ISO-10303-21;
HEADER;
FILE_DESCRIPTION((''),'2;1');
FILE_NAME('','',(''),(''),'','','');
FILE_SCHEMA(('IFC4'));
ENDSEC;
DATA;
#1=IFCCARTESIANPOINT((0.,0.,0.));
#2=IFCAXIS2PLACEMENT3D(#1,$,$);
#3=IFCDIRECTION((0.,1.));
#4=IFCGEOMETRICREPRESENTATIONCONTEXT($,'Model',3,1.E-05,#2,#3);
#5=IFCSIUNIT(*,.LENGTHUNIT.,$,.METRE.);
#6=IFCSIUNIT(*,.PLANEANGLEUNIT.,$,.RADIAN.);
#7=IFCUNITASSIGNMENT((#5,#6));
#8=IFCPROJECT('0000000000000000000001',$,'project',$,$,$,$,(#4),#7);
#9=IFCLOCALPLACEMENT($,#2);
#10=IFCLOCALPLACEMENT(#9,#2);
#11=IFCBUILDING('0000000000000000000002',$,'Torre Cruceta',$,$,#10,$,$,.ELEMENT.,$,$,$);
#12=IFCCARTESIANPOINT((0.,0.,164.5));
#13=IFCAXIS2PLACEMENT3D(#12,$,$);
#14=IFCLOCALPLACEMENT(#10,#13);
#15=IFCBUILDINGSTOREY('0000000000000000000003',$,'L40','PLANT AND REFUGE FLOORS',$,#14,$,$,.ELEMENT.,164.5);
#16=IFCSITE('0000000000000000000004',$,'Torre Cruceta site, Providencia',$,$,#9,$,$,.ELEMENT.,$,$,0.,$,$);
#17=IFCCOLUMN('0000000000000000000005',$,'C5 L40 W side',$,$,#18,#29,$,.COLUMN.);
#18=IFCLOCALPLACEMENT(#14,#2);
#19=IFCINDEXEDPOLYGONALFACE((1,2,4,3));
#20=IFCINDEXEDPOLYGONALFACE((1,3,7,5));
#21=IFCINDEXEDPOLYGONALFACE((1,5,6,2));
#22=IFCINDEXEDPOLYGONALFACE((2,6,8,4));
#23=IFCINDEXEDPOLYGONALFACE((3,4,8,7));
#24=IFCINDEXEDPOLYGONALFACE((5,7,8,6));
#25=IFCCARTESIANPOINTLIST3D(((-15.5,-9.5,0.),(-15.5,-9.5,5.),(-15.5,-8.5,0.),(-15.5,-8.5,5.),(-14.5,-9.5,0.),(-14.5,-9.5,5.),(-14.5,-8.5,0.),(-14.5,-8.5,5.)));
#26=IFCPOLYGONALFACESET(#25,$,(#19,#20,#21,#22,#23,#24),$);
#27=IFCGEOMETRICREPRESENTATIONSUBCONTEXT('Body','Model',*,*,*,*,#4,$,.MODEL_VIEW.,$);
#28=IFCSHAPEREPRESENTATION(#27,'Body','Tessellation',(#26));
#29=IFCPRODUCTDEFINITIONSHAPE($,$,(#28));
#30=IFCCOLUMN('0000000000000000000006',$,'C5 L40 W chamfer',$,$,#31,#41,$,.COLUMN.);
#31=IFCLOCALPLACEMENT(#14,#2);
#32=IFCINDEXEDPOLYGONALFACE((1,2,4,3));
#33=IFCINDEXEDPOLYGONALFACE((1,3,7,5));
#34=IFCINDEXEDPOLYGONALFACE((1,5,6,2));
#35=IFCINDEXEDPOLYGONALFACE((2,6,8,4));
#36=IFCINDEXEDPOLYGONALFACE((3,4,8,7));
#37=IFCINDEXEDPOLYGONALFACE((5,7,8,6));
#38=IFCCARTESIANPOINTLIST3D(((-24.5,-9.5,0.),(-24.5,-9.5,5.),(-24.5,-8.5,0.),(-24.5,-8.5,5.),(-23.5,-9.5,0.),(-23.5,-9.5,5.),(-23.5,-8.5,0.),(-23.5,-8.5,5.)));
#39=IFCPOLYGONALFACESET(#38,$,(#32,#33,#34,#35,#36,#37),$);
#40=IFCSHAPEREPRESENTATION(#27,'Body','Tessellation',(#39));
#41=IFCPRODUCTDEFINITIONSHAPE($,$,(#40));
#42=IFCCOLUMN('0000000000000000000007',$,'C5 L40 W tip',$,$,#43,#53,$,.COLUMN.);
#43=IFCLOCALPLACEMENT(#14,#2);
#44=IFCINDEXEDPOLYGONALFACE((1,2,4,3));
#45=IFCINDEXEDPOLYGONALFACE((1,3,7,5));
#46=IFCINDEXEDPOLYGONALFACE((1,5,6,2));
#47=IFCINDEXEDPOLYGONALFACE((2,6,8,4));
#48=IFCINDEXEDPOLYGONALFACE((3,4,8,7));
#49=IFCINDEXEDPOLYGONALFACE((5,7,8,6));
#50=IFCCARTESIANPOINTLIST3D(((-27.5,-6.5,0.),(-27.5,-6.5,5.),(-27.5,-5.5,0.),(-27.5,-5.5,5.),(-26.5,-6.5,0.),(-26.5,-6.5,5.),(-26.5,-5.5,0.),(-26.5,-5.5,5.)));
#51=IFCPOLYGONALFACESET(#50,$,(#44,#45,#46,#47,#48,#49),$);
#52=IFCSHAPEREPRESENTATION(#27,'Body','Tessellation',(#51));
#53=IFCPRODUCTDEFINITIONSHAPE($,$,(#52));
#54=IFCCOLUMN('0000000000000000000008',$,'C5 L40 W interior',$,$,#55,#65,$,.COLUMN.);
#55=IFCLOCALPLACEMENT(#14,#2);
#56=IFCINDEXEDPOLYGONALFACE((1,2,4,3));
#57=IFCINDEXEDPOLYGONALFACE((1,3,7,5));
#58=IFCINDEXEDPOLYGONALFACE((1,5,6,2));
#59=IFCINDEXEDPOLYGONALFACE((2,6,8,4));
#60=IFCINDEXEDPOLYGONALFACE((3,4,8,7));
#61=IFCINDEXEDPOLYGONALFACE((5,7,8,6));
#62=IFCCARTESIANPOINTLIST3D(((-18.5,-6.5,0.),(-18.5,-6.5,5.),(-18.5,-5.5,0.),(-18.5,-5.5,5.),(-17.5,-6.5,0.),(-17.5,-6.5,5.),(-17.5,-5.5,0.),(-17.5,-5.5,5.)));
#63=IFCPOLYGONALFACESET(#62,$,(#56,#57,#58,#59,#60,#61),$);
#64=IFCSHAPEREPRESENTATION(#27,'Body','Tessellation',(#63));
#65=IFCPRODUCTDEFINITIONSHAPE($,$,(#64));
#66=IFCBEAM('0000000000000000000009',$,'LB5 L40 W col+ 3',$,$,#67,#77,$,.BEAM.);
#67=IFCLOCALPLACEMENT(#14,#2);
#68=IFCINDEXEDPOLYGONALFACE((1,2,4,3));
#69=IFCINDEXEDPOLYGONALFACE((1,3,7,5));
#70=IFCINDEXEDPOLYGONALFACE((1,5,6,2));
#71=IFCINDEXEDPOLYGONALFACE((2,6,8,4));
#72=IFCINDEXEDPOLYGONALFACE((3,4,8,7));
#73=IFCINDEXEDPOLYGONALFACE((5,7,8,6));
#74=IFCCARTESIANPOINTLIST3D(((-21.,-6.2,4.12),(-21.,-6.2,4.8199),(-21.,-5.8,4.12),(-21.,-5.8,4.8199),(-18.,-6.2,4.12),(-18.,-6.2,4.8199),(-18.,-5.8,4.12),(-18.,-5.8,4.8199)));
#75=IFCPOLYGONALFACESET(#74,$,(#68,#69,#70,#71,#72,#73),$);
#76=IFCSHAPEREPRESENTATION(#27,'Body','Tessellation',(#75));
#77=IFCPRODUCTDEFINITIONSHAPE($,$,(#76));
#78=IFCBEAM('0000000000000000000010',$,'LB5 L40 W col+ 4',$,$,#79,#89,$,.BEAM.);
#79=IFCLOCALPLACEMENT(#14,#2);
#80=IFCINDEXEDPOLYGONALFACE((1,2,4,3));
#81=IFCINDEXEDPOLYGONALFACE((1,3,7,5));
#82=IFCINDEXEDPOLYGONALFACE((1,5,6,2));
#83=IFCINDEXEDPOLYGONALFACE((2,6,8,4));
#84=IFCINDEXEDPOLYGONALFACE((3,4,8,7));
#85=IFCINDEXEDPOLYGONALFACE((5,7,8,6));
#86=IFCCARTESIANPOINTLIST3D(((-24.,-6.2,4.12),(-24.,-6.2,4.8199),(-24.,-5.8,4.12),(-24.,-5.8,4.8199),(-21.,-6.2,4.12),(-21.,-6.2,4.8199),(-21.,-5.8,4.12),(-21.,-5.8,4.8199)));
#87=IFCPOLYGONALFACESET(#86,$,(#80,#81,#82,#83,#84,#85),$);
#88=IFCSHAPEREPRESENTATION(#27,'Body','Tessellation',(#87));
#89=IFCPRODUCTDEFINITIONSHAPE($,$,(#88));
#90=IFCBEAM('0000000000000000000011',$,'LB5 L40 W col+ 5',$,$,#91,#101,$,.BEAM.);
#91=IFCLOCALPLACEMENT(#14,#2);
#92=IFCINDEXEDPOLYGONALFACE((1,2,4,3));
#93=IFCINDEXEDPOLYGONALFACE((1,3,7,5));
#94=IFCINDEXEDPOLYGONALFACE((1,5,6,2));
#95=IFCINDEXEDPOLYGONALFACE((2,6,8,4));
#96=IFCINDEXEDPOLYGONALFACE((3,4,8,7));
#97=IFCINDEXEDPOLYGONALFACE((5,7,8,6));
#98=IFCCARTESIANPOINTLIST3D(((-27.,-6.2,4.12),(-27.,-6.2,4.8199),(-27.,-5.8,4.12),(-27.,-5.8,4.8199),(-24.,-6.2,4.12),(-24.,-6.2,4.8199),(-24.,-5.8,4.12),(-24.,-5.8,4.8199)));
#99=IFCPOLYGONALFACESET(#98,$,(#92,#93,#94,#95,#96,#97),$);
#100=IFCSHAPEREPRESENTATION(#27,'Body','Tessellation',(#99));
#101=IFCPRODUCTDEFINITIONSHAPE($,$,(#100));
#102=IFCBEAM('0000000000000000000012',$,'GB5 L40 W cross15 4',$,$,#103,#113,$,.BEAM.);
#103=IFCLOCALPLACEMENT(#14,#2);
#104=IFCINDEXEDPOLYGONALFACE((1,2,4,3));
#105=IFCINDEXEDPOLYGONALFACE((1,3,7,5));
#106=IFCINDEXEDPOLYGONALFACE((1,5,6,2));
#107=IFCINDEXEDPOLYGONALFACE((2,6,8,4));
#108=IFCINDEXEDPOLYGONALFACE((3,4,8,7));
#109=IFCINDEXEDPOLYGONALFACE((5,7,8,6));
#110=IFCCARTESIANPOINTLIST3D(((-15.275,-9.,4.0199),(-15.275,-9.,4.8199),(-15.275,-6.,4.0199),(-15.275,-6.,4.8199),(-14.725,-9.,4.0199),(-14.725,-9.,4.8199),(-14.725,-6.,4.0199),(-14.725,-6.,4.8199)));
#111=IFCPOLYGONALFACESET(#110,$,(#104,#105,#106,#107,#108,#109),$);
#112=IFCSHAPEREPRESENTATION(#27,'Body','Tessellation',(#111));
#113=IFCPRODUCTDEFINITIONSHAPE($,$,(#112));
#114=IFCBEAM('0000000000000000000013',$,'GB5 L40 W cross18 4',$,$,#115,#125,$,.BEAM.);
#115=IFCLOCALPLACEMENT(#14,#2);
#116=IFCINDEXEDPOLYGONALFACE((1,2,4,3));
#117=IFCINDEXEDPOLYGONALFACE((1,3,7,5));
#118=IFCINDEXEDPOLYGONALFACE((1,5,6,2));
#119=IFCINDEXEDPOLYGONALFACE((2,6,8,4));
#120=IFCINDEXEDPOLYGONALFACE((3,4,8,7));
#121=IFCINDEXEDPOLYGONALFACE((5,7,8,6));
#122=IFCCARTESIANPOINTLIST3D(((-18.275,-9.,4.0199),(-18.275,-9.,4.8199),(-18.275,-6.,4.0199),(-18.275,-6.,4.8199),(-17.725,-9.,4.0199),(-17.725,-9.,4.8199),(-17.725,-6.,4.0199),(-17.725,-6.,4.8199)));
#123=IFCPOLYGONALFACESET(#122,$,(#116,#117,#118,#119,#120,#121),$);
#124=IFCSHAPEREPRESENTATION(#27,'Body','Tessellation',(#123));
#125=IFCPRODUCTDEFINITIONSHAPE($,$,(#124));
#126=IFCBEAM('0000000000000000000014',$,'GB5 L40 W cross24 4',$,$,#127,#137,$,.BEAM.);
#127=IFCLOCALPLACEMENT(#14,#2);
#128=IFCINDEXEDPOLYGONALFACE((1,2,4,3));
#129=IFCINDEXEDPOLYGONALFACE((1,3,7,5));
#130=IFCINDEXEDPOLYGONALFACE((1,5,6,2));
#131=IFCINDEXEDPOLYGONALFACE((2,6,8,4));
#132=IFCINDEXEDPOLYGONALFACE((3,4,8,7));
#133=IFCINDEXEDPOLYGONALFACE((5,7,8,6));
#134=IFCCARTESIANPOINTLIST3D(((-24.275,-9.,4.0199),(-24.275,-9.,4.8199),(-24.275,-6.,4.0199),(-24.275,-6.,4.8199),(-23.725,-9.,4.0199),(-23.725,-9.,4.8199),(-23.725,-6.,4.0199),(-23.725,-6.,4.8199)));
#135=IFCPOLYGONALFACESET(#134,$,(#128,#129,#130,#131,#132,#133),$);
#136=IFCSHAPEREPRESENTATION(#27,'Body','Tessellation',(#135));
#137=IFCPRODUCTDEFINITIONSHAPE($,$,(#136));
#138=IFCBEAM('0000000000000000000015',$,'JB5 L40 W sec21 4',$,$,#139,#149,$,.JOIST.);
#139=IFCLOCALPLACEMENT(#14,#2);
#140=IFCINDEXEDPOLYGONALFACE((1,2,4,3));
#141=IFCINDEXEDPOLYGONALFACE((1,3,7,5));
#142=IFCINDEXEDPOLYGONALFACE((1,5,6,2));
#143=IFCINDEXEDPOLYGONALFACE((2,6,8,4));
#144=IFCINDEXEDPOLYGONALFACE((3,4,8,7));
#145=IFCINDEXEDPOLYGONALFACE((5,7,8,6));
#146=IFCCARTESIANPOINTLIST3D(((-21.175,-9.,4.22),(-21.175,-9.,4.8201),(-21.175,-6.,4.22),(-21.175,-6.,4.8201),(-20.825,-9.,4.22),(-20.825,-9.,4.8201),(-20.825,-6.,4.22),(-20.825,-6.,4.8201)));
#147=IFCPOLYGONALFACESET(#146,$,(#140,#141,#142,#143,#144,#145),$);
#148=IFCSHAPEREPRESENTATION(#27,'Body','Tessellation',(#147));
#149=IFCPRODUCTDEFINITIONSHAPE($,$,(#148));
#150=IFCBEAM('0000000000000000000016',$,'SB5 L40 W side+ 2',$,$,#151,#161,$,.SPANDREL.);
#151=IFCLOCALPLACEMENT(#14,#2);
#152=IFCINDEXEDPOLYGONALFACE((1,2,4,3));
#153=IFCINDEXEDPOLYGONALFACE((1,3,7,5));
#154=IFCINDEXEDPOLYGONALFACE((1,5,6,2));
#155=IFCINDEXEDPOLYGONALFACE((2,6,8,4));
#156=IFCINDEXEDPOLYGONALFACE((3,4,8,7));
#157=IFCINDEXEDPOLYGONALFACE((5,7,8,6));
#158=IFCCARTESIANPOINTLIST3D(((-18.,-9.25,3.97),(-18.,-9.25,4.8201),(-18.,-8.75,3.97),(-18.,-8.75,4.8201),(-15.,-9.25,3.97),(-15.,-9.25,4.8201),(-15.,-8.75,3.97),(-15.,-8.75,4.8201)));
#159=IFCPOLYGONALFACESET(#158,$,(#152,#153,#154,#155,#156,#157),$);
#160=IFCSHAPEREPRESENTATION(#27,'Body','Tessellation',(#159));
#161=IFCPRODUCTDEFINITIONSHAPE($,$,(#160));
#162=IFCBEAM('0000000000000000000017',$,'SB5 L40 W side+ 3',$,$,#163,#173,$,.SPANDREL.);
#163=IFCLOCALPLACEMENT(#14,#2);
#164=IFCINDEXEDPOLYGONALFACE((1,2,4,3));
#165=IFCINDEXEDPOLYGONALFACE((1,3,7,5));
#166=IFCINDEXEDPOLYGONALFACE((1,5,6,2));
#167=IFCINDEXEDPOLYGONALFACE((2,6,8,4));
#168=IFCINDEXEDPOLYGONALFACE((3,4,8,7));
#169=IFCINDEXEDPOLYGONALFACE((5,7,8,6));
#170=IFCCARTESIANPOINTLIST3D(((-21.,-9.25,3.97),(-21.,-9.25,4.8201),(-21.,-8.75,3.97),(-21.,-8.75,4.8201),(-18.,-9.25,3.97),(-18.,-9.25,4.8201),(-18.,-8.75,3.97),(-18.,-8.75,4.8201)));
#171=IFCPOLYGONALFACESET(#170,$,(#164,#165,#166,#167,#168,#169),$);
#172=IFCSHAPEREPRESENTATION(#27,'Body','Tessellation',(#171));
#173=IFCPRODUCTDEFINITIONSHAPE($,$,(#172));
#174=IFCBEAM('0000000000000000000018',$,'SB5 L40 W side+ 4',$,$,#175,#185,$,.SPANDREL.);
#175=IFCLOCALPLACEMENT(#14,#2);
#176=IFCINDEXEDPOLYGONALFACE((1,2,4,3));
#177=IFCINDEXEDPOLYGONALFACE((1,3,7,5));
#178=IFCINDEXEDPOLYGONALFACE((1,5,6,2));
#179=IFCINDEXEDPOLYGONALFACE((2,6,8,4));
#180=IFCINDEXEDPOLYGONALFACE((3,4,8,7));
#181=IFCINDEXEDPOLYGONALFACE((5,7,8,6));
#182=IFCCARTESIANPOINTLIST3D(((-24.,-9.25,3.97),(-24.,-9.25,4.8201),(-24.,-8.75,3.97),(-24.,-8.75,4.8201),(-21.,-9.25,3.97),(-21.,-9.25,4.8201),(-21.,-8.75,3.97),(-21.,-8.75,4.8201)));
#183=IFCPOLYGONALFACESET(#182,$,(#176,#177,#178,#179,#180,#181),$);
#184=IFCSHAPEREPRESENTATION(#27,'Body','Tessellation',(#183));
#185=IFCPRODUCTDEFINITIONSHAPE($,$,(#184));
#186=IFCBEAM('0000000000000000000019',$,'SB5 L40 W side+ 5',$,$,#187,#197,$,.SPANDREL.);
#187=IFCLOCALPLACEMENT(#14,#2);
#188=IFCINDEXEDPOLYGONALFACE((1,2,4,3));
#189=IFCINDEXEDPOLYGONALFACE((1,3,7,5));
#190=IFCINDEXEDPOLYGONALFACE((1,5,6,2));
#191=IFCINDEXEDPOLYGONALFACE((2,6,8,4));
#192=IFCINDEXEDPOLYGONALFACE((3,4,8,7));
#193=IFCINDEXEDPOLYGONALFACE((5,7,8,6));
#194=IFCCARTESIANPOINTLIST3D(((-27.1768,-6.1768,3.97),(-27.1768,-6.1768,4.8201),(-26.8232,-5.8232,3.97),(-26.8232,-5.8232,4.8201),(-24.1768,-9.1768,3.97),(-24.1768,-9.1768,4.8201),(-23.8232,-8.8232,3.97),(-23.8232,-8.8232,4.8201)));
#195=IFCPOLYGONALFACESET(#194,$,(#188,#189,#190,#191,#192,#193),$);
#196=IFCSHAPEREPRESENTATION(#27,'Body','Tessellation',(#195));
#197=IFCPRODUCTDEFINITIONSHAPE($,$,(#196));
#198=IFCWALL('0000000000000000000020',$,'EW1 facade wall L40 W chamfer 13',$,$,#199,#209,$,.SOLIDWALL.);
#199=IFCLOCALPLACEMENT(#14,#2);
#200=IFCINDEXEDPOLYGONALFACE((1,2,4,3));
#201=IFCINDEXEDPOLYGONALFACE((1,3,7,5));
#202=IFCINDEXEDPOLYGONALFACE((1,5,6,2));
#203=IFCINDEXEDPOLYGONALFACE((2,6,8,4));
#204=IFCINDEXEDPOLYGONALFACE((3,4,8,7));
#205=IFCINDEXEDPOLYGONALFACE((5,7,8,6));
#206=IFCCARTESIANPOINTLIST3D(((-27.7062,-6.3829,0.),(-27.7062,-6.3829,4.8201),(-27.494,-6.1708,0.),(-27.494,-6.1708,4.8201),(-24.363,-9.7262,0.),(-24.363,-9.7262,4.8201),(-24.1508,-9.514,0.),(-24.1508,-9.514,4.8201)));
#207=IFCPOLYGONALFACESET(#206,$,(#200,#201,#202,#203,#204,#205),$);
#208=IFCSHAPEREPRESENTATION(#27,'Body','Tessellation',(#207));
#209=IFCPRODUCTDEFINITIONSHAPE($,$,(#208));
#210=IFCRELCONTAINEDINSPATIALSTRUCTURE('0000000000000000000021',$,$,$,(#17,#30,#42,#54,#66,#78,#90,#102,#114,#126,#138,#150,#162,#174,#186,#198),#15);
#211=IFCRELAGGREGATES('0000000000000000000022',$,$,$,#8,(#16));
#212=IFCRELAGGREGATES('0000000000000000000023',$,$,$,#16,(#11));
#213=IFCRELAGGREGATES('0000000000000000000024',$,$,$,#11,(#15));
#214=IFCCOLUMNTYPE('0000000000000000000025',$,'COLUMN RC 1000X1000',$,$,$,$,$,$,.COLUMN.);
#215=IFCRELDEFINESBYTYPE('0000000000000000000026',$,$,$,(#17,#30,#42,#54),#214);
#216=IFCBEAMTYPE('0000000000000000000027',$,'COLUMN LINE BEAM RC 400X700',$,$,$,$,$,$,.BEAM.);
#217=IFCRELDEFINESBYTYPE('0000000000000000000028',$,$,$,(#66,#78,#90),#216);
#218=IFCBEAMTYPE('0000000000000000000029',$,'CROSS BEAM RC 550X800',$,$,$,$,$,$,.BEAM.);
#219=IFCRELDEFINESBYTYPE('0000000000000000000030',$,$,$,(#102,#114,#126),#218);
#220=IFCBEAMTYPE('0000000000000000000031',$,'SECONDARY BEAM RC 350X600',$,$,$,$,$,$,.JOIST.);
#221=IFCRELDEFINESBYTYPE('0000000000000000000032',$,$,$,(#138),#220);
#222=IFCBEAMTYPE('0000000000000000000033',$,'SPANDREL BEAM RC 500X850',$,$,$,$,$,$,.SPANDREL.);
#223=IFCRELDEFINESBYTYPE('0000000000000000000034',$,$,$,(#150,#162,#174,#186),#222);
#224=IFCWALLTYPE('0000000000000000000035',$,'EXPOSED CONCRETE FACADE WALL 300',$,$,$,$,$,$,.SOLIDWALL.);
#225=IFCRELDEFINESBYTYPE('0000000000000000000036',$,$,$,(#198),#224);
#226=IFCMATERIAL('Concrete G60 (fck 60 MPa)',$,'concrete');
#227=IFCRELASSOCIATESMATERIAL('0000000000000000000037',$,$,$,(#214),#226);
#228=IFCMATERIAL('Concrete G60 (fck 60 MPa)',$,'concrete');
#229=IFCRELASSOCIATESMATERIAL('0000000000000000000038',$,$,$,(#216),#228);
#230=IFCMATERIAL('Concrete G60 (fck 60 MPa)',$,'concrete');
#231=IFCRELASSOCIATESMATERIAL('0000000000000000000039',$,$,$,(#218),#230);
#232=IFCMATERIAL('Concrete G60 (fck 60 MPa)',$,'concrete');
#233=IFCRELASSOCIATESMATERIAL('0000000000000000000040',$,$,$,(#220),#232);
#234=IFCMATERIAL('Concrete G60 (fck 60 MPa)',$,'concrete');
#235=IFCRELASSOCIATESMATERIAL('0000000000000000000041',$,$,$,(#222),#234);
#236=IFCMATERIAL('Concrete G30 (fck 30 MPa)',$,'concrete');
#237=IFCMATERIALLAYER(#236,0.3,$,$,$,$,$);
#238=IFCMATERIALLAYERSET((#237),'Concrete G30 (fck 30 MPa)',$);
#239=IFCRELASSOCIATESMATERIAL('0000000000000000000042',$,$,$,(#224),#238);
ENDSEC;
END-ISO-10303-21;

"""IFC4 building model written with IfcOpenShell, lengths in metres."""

from ifc_helpers import new_model, si_unit, direction, frame, frame_2d, origin, origin_2d, place, context, subcontext, project, spatial, rectangle, extrude, material, layer, layer_set, material_profile, profile_set, type_object, element, save


model = new_model("IFC4")

# Units and contexts
model_context = context("Model", 3, precision=1e-05, world=origin(), true_north=direction((0.0, 1.0)))
body_context = subcontext(model_context, "Body", "Model", "MODEL_VIEW")
ifc_project = project(units=[si_unit("LENGTHUNIT", "METRE"), si_unit("PLANEANGLEUNIT", "RADIAN")], contexts=[model_context])

# Site, building, storey
site_placement = place(None, origin())
site = spatial("IfcSite", under=ifc_project, at=site_placement, Name="Torre Cruceta site, Providencia", CompositionType="ELEMENT", RefElevation=0.0)
building_placement = place(site_placement, origin())
building = spatial("IfcBuilding", under=site, at=building_placement, Name="Torre Cruceta", CompositionType="ELEMENT")
storey_placement = place(building_placement, frame((0.0, 0.0, 164.5)))
storey = spatial("IfcBuildingStorey", under=building, at=storey_placement, Name="L40", Description="PLANT AND REFUGE FLOORS", CompositionType="ELEMENT", Elevation=164.5)

# Columns
ifc_material_1 = material(Name="Concrete G60 (fck 60 MPa)", Category="concrete")
ifc_material_profile_1 = material_profile(ifc_material_1, rectangle(XDim=1.0, YDim=1.0, at=origin_2d()), Name="RC 1000X1000")
ifc_profile_set_1 = profile_set([ifc_material_profile_1], Name="Concrete G60 (fck 60 MPa)")
column_type = type_object("IfcColumnType", Name="COLUMN RC 1000X1000", PredefinedType="COLUMN", material=ifc_profile_set_1)
for number, where, z_axis, x_axis, name in (
    (1, (-15.0, -9.0, 0.0), (0.0, 0.0, 1.0), (1.0, 0.0, 0.0), "C5 L40 W side"),
    (2, (-24.0, -9.0, 0.0), (0.0, 0.0, 1.0), (1.0, 0.0, 0.0), "C5 L40 W chamfer"),
    (3, (-27.0, -6.0, 0.0), (0.0, 0.0, 1.0), (1.0, 0.0, 0.0), "C5 L40 W tip"),
    (4, (-18.0, -6.0, 0.0), (0.0, 0.0, 1.0), (1.0, 0.0, 0.0), "C5 L40 W interior"),
):
    element("IfcColumn", number, at=place(storey_placement, frame(where, z_axis=z_axis, x_axis=x_axis)), inside=storey, type_object=column_type, Name=name, PredefinedType="COLUMN", context=body_context, shape_type="SweptSolid", body=[
        extrude(rectangle(XDim=1.0, YDim=1.0, at=origin_2d()), origin(), (0.0, 0.0, 1.0), 5.0),
    ])

# Beams
ifc_material_2 = material(Name="Concrete G60 (fck 60 MPa)", Category="concrete")
ifc_material_profile_2 = material_profile(ifc_material_2, rectangle(XDim=0.3999, YDim=0.7, at=origin_2d()), Name="RC 400X700")
ifc_profile_set_2 = profile_set([ifc_material_profile_2], Name="Concrete G60 (fck 60 MPa)")
beam_type_1 = type_object("IfcBeamType", Name="COLUMN LINE BEAM RC 400X700", PredefinedType="BEAM", material=ifc_profile_set_2)
for number, where, z_axis, x_axis, name in (
    (5, (-18.0, -6.0, 4.47), (-1.0, 0.0, 0.0), (0.0, -1.0, 0.0), "LB5 L40 W col+ 3"),
    (6, (-21.0, -6.0, 4.47), (-1.0, 0.0, 0.0), (0.0, -1.0, 0.0), "LB5 L40 W col+ 4"),
    (7, (-24.0, -6.0, 4.47), (-1.0, 0.0, 0.0), (0.0, -1.0, 0.0), "LB5 L40 W col+ 5"),
):
    element("IfcBeam", number, at=place(storey_placement, frame(where, z_axis=z_axis, x_axis=x_axis)), inside=storey, type_object=beam_type_1, Name=name, PredefinedType="BEAM", context=body_context, shape_type="SweptSolid", body=[
        extrude(rectangle(XDim=0.3999, YDim=0.7, at=origin_2d()), origin(), (0.0, 0.0, 1.0), 3.0),
    ])
ifc_material_3 = material(Name="Concrete G60 (fck 60 MPa)", Category="concrete")
ifc_material_profile_3 = material_profile(ifc_material_3, rectangle(XDim=0.55, YDim=0.8, at=origin_2d()), Name="RC 550X800")
ifc_profile_set_3 = profile_set([ifc_material_profile_3], Name="Concrete G60 (fck 60 MPa)")
beam_type_2 = type_object("IfcBeamType", Name="CROSS BEAM RC 550X800", PredefinedType="BEAM", material=ifc_profile_set_3)
for number, where, z_axis, x_axis, name in (
    (8, (-15.0, -6.0, 4.4199), (0.0, -1.0, 0.0), (1.0, 0.0, 0.0), "GB5 L40 W cross15 4"),
    (9, (-18.0, -6.0, 4.4199), (0.0, -1.0, 0.0), (1.0, 0.0, 0.0), "GB5 L40 W cross18 4"),
    (10, (-24.0, -6.0, 4.4199), (0.0, -1.0, 0.0), (1.0, 0.0, 0.0), "GB5 L40 W cross24 4"),
):
    element("IfcBeam", number, at=place(storey_placement, frame(where, z_axis=z_axis, x_axis=x_axis)), inside=storey, type_object=beam_type_2, Name=name, PredefinedType="BEAM", context=body_context, shape_type="SweptSolid", body=[
        extrude(rectangle(XDim=0.55, YDim=0.8, at=origin_2d()), origin(), (0.0, 0.0, 1.0), 3.0),
    ])
ifc_material_4 = material(Name="Concrete G60 (fck 60 MPa)", Category="concrete")
ifc_material_profile_4 = material_profile(ifc_material_4, rectangle(XDim=0.3501, YDim=0.6001, at=origin_2d()), Name="RC 350X600")
ifc_profile_set_4 = profile_set([ifc_material_profile_4], Name="Concrete G60 (fck 60 MPa)")
beam_type_3 = type_object("IfcBeamType", Name="SECONDARY BEAM RC 350X600", PredefinedType="JOIST", material=ifc_profile_set_4)
beam_1_placement = place(storey_placement, frame((-21.0, -6.0, 4.52), z_axis=(0.0, -1.0, 0.0), x_axis=(1.0, 0.0, 0.0)))
element("IfcBeam", 11, at=beam_1_placement, inside=storey, type_object=beam_type_3, Name="JB5 L40 W sec21 4", PredefinedType="JOIST", context=body_context, shape_type="SweptSolid", body=[
    extrude(rectangle(XDim=0.3501, YDim=0.6001, at=origin_2d()), origin(), (0.0, 0.0, 1.0), 3.0),
])
ifc_material_5 = material(Name="Concrete G60 (fck 60 MPa)", Category="concrete")
ifc_material_profile_5 = material_profile(ifc_material_5, rectangle(XDim=0.5, YDim=0.8501, at=origin_2d()), Name="RC 500X850")
ifc_profile_set_5 = profile_set([ifc_material_profile_5], Name="Concrete G60 (fck 60 MPa)")
beam_type_4 = type_object("IfcBeamType", Name="SPANDREL BEAM RC 500X850", PredefinedType="SPANDREL", material=ifc_profile_set_5)
for number, where, z_axis, x_axis, name in (
    (12, (-15.0, -9.0, 4.395), (-1.0, 0.0, 0.0), (0.0, -1.0, 0.0), "SB5 L40 W side+ 2"),
    (13, (-18.0, -9.0, 4.395), (-1.0, 0.0, 0.0), (0.0, -1.0, 0.0), "SB5 L40 W side+ 3"),
    (14, (-21.0, -9.0, 4.395), (-1.0, 0.0, 0.0), (0.0, -1.0, 0.0), "SB5 L40 W side+ 4"),
):
    element("IfcBeam", number, at=place(storey_placement, frame(where, z_axis=z_axis, x_axis=x_axis)), inside=storey, type_object=beam_type_4, Name=name, PredefinedType="SPANDREL", context=body_context, shape_type="SweptSolid", body=[
        extrude(rectangle(XDim=0.5, YDim=0.8501, at=origin_2d()), origin(), (0.0, 0.0, 1.0), 3.0),
    ])
beam_2_placement = place(storey_placement, frame((-24.0, -9.0, 4.395), z_axis=(-0.707107, 0.707107, 0.0), x_axis=(-0.707107, -0.707107, 0.0)))
element("IfcBeam", 15, at=beam_2_placement, inside=storey, type_object=beam_type_4, Name="SB5 L40 W side+ 5", PredefinedType="SPANDREL", context=body_context, shape_type="SweptSolid", body=[
    extrude(rectangle(XDim=0.5, YDim=0.8501, at=origin_2d()), origin(), (0.0, 0.0, 1.0), 4.2427),
])

# Wall
ifc_material_6 = material(Name="Concrete G30 (fck 30 MPa)", Category="concrete")
ifc_layer = layer(ifc_material_6, 0.3)
ifc_layer_set = layer_set([ifc_layer], Name="Concrete G30 (fck 30 MPa)")
wall_type = type_object("IfcWallType", Name="EXPOSED CONCRETE FACADE WALL 300", PredefinedType="SOLIDWALL", material=ifc_layer_set)
wall_1_placement = place(storey_placement, frame((-27.6001, -6.2769, 0.0), z_axis=(0.0, 0.0, 1.0), x_axis=(0.707107, -0.707107, 0.0)))
element("IfcWall", 16, at=wall_1_placement, inside=storey, type_object=wall_type, Name="EW1 facade wall L40 W chamfer 13", PredefinedType="SOLIDWALL", context=body_context, shape_type="SweptSolid", body=[
    extrude(rectangle(XDim=4.728, YDim=0.3, at=frame_2d((2.364, 0.0))), origin(), (0.0, 0.0, 1.0), 4.8201),
])

save(model, "model.ifc")
